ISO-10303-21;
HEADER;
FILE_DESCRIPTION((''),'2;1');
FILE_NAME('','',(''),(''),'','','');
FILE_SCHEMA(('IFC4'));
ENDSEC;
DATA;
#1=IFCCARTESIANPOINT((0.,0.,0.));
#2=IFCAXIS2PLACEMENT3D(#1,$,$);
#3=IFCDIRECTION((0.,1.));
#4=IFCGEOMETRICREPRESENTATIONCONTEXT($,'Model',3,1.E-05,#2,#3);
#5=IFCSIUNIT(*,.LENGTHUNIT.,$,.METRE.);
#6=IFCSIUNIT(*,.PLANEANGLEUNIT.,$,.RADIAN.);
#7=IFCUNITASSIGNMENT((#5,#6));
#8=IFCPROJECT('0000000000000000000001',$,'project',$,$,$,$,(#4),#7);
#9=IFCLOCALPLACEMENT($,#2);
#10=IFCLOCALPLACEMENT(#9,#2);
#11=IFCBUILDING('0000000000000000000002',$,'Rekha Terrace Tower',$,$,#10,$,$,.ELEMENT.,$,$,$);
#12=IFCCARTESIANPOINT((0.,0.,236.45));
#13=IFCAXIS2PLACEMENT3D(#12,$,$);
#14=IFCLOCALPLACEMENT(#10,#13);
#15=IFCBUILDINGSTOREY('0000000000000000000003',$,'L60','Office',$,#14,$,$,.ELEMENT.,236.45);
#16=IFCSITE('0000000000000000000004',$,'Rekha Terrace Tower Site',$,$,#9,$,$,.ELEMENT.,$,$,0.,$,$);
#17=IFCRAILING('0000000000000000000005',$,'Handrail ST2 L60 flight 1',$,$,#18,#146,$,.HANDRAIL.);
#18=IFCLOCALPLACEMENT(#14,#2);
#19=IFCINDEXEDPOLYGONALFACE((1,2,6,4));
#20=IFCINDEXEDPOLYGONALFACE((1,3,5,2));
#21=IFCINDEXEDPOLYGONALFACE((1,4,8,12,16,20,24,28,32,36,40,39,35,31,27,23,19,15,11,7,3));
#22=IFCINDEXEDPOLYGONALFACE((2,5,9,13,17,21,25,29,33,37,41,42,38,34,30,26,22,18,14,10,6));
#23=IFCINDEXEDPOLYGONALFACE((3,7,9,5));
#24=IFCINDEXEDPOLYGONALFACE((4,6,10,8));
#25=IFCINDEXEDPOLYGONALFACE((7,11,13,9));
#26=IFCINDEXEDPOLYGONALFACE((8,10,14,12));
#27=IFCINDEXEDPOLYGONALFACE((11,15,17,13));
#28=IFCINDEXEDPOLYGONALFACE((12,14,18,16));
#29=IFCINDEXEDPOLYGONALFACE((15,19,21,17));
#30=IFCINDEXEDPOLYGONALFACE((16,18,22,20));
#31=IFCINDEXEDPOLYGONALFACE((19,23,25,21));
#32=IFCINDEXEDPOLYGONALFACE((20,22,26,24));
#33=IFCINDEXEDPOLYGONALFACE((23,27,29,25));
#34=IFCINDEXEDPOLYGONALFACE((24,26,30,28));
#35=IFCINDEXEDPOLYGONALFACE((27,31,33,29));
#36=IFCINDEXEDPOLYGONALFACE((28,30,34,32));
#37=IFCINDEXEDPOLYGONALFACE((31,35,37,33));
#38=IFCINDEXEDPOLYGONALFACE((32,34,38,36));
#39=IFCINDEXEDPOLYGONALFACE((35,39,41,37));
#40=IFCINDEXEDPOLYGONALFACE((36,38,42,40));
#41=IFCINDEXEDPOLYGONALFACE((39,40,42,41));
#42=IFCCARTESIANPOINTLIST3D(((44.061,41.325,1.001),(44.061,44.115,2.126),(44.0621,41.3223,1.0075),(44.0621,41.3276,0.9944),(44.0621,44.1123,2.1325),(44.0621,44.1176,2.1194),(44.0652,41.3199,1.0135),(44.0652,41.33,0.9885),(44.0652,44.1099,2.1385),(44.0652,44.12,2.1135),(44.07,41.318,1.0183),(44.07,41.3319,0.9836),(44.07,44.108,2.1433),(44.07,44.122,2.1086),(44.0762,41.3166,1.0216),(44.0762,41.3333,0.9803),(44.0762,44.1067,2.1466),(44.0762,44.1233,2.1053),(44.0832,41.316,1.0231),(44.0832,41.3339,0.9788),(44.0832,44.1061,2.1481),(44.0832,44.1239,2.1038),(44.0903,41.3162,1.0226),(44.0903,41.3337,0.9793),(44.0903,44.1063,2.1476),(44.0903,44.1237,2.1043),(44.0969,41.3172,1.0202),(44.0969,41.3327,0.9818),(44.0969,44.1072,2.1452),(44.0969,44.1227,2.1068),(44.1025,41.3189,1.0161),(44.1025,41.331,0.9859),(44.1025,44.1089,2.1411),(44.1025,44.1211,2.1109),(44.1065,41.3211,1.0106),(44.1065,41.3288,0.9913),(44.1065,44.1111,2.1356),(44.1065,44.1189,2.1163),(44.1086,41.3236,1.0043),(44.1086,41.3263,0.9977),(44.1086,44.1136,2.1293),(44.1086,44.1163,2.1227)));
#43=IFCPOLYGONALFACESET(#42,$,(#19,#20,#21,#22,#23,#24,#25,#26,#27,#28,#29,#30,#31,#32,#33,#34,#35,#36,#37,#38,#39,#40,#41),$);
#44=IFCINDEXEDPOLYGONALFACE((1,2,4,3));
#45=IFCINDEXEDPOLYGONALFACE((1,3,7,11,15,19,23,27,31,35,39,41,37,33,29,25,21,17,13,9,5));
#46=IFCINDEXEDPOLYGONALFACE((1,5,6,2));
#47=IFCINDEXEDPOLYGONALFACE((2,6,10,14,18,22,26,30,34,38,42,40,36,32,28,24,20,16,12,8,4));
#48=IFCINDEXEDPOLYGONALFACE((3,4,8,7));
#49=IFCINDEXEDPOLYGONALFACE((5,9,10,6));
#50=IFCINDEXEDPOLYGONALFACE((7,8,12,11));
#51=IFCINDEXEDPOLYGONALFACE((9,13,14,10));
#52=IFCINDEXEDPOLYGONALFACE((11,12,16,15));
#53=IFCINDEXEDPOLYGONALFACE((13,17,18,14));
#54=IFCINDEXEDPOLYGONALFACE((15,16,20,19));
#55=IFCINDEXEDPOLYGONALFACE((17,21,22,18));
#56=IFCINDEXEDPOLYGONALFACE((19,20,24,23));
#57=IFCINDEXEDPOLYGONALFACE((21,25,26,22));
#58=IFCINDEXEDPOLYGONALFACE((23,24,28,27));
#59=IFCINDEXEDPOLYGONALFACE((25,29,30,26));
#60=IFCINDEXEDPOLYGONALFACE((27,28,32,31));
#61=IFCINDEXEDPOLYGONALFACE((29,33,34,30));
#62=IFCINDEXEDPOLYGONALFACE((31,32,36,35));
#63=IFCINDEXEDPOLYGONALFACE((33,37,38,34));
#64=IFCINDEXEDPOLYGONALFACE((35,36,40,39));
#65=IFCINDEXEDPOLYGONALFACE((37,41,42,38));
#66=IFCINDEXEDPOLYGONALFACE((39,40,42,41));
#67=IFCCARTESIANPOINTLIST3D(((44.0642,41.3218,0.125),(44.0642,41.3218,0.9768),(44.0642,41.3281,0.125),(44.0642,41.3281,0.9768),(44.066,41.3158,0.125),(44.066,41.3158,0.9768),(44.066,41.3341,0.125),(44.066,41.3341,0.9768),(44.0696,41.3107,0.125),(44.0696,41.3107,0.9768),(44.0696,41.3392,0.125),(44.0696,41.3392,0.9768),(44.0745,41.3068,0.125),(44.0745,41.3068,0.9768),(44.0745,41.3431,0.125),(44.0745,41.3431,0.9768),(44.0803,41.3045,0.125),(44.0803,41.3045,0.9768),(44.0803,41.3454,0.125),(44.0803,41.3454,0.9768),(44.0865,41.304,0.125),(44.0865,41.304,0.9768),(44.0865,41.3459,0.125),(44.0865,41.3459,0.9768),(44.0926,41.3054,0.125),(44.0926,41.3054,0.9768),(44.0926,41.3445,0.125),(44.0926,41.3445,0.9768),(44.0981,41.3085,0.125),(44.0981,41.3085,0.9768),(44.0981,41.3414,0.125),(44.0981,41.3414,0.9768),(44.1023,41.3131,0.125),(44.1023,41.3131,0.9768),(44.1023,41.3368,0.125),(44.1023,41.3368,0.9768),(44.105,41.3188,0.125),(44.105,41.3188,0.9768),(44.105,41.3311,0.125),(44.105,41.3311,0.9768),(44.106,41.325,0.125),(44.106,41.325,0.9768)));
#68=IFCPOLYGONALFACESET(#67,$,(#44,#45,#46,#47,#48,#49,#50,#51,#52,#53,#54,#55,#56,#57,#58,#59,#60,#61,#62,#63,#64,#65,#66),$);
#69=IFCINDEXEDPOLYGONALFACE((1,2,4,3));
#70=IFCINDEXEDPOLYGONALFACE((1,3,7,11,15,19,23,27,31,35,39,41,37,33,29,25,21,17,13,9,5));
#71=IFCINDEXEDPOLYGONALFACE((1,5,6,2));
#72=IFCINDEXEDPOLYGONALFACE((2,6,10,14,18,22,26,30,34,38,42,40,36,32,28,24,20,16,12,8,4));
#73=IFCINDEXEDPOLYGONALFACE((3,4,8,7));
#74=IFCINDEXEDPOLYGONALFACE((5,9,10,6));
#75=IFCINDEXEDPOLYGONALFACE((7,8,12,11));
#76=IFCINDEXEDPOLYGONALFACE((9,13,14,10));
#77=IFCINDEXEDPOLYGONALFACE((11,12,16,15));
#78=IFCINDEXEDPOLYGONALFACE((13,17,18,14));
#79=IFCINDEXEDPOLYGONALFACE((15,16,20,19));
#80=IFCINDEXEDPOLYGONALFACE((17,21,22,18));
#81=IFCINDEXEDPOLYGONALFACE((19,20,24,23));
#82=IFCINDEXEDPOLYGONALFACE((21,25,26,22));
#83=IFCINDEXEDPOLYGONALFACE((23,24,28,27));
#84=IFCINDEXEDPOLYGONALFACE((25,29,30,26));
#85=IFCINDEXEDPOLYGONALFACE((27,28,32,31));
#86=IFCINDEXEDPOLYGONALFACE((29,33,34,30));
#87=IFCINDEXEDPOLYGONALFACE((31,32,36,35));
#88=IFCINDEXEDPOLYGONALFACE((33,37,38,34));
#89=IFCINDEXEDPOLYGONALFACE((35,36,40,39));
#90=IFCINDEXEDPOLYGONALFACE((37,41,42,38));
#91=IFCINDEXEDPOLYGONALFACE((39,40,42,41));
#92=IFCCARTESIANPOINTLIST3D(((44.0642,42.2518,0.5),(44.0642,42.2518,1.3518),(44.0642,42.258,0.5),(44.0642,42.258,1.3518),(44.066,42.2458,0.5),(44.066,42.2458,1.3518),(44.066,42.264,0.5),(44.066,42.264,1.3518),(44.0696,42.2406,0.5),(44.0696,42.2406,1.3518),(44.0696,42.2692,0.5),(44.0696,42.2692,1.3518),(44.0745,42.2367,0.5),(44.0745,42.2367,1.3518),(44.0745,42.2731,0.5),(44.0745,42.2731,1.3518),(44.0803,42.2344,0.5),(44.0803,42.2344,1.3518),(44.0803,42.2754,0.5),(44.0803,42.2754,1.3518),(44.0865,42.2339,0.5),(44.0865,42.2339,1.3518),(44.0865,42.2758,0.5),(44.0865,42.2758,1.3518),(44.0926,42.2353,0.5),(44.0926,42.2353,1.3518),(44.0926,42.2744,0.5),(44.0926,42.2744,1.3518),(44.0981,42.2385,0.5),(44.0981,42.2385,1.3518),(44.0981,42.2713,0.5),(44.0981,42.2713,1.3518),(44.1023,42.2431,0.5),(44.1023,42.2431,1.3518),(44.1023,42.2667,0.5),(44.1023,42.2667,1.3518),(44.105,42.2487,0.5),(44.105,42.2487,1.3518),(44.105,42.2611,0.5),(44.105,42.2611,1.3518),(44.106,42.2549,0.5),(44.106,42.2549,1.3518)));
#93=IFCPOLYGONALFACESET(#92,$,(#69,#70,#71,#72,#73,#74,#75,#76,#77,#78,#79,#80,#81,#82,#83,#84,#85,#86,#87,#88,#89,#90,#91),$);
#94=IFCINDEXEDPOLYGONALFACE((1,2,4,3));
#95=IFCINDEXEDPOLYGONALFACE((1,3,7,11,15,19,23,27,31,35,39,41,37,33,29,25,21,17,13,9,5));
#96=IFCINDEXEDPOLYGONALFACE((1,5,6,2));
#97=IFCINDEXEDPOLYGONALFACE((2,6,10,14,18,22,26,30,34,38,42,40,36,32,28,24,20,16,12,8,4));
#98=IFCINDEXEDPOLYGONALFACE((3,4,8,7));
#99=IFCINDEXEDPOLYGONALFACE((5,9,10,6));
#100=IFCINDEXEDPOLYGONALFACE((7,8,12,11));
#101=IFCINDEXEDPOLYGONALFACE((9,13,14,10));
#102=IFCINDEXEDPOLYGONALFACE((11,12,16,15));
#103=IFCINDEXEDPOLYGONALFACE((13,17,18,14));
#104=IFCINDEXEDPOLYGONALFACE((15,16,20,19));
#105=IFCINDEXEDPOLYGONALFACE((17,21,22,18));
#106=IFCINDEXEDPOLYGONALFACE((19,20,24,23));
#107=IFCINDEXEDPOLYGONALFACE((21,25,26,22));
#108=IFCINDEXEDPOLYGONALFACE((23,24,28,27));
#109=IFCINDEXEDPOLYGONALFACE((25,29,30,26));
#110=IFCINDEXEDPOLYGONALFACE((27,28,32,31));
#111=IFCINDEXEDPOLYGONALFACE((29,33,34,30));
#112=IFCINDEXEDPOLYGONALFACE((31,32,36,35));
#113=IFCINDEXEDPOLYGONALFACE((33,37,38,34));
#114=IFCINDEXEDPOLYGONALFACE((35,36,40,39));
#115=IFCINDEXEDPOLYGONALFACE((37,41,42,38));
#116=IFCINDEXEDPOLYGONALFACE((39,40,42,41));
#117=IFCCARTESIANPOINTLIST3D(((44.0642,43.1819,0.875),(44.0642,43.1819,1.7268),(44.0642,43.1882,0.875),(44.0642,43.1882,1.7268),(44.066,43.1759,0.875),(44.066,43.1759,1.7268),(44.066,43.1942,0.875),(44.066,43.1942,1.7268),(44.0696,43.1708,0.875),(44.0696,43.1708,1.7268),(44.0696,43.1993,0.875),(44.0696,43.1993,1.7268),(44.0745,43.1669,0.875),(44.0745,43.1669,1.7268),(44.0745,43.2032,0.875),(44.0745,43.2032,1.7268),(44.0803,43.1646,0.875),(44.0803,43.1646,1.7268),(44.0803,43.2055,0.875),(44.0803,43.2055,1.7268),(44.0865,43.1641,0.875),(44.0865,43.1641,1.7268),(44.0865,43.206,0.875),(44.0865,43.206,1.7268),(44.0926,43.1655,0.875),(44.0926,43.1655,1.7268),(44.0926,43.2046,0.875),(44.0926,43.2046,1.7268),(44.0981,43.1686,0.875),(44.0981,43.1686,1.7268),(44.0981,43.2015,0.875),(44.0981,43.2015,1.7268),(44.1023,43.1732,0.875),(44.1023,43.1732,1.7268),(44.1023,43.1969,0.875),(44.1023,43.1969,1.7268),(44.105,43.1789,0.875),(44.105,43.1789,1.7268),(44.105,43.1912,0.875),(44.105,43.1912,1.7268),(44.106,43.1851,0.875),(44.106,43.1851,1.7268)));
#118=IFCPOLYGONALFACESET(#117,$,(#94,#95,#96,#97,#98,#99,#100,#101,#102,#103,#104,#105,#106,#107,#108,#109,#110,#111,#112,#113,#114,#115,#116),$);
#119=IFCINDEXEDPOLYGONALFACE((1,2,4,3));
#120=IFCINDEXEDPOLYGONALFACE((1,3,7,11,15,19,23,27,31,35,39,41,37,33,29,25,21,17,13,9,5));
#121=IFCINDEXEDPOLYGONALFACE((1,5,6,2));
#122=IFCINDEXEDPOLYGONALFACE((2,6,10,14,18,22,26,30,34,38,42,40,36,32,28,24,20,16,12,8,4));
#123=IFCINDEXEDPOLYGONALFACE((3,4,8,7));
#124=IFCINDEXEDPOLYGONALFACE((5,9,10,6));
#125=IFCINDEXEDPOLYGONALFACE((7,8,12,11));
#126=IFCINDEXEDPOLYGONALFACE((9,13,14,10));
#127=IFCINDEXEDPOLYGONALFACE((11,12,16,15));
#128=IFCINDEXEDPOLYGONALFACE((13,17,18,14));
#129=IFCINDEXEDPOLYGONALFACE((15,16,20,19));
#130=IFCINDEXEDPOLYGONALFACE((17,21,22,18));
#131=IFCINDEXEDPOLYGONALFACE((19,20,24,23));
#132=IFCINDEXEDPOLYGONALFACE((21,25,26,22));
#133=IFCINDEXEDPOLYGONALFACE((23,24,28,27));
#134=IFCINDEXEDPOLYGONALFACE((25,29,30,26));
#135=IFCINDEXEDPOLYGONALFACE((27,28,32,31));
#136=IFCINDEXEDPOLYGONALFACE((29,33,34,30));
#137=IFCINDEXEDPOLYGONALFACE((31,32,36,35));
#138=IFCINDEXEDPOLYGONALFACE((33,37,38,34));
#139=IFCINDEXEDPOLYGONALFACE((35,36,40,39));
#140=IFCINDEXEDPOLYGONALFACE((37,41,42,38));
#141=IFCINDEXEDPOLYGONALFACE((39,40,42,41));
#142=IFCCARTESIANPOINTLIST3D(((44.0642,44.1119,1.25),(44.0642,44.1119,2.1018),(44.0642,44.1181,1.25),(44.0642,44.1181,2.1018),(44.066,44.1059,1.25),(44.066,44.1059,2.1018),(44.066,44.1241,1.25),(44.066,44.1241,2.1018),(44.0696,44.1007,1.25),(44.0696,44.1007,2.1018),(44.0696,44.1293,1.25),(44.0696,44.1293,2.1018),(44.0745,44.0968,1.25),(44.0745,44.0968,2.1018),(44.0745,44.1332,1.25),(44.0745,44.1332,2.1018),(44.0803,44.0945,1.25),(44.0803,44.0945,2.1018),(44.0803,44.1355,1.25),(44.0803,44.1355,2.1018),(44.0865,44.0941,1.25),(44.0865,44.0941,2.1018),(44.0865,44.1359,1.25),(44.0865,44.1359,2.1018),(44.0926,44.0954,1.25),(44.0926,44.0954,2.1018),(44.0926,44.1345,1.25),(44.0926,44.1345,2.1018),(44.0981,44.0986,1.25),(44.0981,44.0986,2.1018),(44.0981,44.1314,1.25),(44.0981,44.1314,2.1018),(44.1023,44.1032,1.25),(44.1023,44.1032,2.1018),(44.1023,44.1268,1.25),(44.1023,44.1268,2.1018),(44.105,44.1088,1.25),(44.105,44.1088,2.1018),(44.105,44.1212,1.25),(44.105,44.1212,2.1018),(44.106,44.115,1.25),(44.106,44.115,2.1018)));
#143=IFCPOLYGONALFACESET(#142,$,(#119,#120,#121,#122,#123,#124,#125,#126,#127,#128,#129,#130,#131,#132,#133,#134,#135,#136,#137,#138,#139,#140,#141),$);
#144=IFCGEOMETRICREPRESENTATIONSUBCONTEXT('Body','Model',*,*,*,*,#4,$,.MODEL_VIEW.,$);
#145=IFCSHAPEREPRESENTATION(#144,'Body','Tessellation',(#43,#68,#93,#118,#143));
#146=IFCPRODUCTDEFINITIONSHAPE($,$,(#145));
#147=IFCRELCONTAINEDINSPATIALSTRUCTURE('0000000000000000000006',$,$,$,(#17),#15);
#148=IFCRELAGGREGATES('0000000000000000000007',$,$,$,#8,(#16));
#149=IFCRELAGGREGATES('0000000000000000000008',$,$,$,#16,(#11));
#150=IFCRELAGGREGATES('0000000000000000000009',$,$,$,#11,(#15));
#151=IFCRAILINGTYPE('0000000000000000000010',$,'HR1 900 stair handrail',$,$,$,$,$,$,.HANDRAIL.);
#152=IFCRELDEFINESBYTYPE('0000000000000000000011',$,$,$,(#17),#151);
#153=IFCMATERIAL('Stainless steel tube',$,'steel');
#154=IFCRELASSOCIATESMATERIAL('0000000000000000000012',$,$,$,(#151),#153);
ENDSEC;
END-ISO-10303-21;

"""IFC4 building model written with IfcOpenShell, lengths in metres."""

from ifc_helpers import new_model, si_unit, direction, frame, origin, origin_2d, place, context, subcontext, project, spatial, circle, extrude, material, type_object, element, save


model = new_model("IFC4")

# Units and contexts
model_context = context("Model", 3, precision=1e-05, world=origin(), true_north=direction((0.0, 1.0)))
body_context = subcontext(model_context, "Body", "Model", "MODEL_VIEW")
ifc_project = project(units=[si_unit("LENGTHUNIT", "METRE"), si_unit("PLANEANGLEUNIT", "RADIAN")], contexts=[model_context])

# Site, building, storey
site_placement = place(None, origin())
site = spatial("IfcSite", under=ifc_project, at=site_placement, Name="Rekha Terrace Tower Site", CompositionType="ELEMENT", RefElevation=0.0)
building_placement = place(site_placement, origin())
building = spatial("IfcBuilding", under=site, at=building_placement, Name="Rekha Terrace Tower", CompositionType="ELEMENT")
storey_placement = place(building_placement, frame((0.0, 0.0, 236.45)))
storey = spatial("IfcBuildingStorey", under=building, at=storey_placement, Name="L60", Description="Office", CompositionType="ELEMENT", Elevation=236.45)

# Railing
ifc_material_1 = material(Name="Stainless steel tube", Category="steel")
railing_type_1 = type_object("IfcRailingType", Name="HR1 900 stair handrail", PredefinedType="HANDRAIL", material=ifc_material_1)
railing_1_placement = place(storey_placement, frame((44.085, 41.325, 0.125)))
element("IfcRailing", 1, at=railing_1_placement, inside=storey, type_object=railing_type_1, Name="Handrail ST2 L60 flight 1", PredefinedType="HANDRAIL", context=body_context, shape_type="SweptSolid", body=[
    extrude(circle(Radius=0.0239, at=origin_2d()), frame((0.0, 0.0, 0.876), z_axis=(0.0, 0.927443, 0.373964), x_axis=(-1.0, 0.0, 0.0)), (0.0, 0.0, 1.0), 3.0083),
    extrude(circle(Radius=0.021, at=origin_2d()), origin(), (0.0, 0.0, 1.0), 0.8518),
    extrude(circle(Radius=0.021, at=origin_2d()), frame((0.0, 0.9299, 0.375)), (0.0, 0.0, 1.0), 0.8518),
    extrude(circle(Radius=0.021, at=origin_2d()), frame((0.0, 1.8601, 0.75)), (0.0, 0.0, 1.0), 0.8518),
    extrude(circle(Radius=0.021, at=origin_2d()), frame((0.0, 2.79, 1.125)), (0.0, 0.0, 1.0), 0.8518),
])

save(model, "model.ifc")
